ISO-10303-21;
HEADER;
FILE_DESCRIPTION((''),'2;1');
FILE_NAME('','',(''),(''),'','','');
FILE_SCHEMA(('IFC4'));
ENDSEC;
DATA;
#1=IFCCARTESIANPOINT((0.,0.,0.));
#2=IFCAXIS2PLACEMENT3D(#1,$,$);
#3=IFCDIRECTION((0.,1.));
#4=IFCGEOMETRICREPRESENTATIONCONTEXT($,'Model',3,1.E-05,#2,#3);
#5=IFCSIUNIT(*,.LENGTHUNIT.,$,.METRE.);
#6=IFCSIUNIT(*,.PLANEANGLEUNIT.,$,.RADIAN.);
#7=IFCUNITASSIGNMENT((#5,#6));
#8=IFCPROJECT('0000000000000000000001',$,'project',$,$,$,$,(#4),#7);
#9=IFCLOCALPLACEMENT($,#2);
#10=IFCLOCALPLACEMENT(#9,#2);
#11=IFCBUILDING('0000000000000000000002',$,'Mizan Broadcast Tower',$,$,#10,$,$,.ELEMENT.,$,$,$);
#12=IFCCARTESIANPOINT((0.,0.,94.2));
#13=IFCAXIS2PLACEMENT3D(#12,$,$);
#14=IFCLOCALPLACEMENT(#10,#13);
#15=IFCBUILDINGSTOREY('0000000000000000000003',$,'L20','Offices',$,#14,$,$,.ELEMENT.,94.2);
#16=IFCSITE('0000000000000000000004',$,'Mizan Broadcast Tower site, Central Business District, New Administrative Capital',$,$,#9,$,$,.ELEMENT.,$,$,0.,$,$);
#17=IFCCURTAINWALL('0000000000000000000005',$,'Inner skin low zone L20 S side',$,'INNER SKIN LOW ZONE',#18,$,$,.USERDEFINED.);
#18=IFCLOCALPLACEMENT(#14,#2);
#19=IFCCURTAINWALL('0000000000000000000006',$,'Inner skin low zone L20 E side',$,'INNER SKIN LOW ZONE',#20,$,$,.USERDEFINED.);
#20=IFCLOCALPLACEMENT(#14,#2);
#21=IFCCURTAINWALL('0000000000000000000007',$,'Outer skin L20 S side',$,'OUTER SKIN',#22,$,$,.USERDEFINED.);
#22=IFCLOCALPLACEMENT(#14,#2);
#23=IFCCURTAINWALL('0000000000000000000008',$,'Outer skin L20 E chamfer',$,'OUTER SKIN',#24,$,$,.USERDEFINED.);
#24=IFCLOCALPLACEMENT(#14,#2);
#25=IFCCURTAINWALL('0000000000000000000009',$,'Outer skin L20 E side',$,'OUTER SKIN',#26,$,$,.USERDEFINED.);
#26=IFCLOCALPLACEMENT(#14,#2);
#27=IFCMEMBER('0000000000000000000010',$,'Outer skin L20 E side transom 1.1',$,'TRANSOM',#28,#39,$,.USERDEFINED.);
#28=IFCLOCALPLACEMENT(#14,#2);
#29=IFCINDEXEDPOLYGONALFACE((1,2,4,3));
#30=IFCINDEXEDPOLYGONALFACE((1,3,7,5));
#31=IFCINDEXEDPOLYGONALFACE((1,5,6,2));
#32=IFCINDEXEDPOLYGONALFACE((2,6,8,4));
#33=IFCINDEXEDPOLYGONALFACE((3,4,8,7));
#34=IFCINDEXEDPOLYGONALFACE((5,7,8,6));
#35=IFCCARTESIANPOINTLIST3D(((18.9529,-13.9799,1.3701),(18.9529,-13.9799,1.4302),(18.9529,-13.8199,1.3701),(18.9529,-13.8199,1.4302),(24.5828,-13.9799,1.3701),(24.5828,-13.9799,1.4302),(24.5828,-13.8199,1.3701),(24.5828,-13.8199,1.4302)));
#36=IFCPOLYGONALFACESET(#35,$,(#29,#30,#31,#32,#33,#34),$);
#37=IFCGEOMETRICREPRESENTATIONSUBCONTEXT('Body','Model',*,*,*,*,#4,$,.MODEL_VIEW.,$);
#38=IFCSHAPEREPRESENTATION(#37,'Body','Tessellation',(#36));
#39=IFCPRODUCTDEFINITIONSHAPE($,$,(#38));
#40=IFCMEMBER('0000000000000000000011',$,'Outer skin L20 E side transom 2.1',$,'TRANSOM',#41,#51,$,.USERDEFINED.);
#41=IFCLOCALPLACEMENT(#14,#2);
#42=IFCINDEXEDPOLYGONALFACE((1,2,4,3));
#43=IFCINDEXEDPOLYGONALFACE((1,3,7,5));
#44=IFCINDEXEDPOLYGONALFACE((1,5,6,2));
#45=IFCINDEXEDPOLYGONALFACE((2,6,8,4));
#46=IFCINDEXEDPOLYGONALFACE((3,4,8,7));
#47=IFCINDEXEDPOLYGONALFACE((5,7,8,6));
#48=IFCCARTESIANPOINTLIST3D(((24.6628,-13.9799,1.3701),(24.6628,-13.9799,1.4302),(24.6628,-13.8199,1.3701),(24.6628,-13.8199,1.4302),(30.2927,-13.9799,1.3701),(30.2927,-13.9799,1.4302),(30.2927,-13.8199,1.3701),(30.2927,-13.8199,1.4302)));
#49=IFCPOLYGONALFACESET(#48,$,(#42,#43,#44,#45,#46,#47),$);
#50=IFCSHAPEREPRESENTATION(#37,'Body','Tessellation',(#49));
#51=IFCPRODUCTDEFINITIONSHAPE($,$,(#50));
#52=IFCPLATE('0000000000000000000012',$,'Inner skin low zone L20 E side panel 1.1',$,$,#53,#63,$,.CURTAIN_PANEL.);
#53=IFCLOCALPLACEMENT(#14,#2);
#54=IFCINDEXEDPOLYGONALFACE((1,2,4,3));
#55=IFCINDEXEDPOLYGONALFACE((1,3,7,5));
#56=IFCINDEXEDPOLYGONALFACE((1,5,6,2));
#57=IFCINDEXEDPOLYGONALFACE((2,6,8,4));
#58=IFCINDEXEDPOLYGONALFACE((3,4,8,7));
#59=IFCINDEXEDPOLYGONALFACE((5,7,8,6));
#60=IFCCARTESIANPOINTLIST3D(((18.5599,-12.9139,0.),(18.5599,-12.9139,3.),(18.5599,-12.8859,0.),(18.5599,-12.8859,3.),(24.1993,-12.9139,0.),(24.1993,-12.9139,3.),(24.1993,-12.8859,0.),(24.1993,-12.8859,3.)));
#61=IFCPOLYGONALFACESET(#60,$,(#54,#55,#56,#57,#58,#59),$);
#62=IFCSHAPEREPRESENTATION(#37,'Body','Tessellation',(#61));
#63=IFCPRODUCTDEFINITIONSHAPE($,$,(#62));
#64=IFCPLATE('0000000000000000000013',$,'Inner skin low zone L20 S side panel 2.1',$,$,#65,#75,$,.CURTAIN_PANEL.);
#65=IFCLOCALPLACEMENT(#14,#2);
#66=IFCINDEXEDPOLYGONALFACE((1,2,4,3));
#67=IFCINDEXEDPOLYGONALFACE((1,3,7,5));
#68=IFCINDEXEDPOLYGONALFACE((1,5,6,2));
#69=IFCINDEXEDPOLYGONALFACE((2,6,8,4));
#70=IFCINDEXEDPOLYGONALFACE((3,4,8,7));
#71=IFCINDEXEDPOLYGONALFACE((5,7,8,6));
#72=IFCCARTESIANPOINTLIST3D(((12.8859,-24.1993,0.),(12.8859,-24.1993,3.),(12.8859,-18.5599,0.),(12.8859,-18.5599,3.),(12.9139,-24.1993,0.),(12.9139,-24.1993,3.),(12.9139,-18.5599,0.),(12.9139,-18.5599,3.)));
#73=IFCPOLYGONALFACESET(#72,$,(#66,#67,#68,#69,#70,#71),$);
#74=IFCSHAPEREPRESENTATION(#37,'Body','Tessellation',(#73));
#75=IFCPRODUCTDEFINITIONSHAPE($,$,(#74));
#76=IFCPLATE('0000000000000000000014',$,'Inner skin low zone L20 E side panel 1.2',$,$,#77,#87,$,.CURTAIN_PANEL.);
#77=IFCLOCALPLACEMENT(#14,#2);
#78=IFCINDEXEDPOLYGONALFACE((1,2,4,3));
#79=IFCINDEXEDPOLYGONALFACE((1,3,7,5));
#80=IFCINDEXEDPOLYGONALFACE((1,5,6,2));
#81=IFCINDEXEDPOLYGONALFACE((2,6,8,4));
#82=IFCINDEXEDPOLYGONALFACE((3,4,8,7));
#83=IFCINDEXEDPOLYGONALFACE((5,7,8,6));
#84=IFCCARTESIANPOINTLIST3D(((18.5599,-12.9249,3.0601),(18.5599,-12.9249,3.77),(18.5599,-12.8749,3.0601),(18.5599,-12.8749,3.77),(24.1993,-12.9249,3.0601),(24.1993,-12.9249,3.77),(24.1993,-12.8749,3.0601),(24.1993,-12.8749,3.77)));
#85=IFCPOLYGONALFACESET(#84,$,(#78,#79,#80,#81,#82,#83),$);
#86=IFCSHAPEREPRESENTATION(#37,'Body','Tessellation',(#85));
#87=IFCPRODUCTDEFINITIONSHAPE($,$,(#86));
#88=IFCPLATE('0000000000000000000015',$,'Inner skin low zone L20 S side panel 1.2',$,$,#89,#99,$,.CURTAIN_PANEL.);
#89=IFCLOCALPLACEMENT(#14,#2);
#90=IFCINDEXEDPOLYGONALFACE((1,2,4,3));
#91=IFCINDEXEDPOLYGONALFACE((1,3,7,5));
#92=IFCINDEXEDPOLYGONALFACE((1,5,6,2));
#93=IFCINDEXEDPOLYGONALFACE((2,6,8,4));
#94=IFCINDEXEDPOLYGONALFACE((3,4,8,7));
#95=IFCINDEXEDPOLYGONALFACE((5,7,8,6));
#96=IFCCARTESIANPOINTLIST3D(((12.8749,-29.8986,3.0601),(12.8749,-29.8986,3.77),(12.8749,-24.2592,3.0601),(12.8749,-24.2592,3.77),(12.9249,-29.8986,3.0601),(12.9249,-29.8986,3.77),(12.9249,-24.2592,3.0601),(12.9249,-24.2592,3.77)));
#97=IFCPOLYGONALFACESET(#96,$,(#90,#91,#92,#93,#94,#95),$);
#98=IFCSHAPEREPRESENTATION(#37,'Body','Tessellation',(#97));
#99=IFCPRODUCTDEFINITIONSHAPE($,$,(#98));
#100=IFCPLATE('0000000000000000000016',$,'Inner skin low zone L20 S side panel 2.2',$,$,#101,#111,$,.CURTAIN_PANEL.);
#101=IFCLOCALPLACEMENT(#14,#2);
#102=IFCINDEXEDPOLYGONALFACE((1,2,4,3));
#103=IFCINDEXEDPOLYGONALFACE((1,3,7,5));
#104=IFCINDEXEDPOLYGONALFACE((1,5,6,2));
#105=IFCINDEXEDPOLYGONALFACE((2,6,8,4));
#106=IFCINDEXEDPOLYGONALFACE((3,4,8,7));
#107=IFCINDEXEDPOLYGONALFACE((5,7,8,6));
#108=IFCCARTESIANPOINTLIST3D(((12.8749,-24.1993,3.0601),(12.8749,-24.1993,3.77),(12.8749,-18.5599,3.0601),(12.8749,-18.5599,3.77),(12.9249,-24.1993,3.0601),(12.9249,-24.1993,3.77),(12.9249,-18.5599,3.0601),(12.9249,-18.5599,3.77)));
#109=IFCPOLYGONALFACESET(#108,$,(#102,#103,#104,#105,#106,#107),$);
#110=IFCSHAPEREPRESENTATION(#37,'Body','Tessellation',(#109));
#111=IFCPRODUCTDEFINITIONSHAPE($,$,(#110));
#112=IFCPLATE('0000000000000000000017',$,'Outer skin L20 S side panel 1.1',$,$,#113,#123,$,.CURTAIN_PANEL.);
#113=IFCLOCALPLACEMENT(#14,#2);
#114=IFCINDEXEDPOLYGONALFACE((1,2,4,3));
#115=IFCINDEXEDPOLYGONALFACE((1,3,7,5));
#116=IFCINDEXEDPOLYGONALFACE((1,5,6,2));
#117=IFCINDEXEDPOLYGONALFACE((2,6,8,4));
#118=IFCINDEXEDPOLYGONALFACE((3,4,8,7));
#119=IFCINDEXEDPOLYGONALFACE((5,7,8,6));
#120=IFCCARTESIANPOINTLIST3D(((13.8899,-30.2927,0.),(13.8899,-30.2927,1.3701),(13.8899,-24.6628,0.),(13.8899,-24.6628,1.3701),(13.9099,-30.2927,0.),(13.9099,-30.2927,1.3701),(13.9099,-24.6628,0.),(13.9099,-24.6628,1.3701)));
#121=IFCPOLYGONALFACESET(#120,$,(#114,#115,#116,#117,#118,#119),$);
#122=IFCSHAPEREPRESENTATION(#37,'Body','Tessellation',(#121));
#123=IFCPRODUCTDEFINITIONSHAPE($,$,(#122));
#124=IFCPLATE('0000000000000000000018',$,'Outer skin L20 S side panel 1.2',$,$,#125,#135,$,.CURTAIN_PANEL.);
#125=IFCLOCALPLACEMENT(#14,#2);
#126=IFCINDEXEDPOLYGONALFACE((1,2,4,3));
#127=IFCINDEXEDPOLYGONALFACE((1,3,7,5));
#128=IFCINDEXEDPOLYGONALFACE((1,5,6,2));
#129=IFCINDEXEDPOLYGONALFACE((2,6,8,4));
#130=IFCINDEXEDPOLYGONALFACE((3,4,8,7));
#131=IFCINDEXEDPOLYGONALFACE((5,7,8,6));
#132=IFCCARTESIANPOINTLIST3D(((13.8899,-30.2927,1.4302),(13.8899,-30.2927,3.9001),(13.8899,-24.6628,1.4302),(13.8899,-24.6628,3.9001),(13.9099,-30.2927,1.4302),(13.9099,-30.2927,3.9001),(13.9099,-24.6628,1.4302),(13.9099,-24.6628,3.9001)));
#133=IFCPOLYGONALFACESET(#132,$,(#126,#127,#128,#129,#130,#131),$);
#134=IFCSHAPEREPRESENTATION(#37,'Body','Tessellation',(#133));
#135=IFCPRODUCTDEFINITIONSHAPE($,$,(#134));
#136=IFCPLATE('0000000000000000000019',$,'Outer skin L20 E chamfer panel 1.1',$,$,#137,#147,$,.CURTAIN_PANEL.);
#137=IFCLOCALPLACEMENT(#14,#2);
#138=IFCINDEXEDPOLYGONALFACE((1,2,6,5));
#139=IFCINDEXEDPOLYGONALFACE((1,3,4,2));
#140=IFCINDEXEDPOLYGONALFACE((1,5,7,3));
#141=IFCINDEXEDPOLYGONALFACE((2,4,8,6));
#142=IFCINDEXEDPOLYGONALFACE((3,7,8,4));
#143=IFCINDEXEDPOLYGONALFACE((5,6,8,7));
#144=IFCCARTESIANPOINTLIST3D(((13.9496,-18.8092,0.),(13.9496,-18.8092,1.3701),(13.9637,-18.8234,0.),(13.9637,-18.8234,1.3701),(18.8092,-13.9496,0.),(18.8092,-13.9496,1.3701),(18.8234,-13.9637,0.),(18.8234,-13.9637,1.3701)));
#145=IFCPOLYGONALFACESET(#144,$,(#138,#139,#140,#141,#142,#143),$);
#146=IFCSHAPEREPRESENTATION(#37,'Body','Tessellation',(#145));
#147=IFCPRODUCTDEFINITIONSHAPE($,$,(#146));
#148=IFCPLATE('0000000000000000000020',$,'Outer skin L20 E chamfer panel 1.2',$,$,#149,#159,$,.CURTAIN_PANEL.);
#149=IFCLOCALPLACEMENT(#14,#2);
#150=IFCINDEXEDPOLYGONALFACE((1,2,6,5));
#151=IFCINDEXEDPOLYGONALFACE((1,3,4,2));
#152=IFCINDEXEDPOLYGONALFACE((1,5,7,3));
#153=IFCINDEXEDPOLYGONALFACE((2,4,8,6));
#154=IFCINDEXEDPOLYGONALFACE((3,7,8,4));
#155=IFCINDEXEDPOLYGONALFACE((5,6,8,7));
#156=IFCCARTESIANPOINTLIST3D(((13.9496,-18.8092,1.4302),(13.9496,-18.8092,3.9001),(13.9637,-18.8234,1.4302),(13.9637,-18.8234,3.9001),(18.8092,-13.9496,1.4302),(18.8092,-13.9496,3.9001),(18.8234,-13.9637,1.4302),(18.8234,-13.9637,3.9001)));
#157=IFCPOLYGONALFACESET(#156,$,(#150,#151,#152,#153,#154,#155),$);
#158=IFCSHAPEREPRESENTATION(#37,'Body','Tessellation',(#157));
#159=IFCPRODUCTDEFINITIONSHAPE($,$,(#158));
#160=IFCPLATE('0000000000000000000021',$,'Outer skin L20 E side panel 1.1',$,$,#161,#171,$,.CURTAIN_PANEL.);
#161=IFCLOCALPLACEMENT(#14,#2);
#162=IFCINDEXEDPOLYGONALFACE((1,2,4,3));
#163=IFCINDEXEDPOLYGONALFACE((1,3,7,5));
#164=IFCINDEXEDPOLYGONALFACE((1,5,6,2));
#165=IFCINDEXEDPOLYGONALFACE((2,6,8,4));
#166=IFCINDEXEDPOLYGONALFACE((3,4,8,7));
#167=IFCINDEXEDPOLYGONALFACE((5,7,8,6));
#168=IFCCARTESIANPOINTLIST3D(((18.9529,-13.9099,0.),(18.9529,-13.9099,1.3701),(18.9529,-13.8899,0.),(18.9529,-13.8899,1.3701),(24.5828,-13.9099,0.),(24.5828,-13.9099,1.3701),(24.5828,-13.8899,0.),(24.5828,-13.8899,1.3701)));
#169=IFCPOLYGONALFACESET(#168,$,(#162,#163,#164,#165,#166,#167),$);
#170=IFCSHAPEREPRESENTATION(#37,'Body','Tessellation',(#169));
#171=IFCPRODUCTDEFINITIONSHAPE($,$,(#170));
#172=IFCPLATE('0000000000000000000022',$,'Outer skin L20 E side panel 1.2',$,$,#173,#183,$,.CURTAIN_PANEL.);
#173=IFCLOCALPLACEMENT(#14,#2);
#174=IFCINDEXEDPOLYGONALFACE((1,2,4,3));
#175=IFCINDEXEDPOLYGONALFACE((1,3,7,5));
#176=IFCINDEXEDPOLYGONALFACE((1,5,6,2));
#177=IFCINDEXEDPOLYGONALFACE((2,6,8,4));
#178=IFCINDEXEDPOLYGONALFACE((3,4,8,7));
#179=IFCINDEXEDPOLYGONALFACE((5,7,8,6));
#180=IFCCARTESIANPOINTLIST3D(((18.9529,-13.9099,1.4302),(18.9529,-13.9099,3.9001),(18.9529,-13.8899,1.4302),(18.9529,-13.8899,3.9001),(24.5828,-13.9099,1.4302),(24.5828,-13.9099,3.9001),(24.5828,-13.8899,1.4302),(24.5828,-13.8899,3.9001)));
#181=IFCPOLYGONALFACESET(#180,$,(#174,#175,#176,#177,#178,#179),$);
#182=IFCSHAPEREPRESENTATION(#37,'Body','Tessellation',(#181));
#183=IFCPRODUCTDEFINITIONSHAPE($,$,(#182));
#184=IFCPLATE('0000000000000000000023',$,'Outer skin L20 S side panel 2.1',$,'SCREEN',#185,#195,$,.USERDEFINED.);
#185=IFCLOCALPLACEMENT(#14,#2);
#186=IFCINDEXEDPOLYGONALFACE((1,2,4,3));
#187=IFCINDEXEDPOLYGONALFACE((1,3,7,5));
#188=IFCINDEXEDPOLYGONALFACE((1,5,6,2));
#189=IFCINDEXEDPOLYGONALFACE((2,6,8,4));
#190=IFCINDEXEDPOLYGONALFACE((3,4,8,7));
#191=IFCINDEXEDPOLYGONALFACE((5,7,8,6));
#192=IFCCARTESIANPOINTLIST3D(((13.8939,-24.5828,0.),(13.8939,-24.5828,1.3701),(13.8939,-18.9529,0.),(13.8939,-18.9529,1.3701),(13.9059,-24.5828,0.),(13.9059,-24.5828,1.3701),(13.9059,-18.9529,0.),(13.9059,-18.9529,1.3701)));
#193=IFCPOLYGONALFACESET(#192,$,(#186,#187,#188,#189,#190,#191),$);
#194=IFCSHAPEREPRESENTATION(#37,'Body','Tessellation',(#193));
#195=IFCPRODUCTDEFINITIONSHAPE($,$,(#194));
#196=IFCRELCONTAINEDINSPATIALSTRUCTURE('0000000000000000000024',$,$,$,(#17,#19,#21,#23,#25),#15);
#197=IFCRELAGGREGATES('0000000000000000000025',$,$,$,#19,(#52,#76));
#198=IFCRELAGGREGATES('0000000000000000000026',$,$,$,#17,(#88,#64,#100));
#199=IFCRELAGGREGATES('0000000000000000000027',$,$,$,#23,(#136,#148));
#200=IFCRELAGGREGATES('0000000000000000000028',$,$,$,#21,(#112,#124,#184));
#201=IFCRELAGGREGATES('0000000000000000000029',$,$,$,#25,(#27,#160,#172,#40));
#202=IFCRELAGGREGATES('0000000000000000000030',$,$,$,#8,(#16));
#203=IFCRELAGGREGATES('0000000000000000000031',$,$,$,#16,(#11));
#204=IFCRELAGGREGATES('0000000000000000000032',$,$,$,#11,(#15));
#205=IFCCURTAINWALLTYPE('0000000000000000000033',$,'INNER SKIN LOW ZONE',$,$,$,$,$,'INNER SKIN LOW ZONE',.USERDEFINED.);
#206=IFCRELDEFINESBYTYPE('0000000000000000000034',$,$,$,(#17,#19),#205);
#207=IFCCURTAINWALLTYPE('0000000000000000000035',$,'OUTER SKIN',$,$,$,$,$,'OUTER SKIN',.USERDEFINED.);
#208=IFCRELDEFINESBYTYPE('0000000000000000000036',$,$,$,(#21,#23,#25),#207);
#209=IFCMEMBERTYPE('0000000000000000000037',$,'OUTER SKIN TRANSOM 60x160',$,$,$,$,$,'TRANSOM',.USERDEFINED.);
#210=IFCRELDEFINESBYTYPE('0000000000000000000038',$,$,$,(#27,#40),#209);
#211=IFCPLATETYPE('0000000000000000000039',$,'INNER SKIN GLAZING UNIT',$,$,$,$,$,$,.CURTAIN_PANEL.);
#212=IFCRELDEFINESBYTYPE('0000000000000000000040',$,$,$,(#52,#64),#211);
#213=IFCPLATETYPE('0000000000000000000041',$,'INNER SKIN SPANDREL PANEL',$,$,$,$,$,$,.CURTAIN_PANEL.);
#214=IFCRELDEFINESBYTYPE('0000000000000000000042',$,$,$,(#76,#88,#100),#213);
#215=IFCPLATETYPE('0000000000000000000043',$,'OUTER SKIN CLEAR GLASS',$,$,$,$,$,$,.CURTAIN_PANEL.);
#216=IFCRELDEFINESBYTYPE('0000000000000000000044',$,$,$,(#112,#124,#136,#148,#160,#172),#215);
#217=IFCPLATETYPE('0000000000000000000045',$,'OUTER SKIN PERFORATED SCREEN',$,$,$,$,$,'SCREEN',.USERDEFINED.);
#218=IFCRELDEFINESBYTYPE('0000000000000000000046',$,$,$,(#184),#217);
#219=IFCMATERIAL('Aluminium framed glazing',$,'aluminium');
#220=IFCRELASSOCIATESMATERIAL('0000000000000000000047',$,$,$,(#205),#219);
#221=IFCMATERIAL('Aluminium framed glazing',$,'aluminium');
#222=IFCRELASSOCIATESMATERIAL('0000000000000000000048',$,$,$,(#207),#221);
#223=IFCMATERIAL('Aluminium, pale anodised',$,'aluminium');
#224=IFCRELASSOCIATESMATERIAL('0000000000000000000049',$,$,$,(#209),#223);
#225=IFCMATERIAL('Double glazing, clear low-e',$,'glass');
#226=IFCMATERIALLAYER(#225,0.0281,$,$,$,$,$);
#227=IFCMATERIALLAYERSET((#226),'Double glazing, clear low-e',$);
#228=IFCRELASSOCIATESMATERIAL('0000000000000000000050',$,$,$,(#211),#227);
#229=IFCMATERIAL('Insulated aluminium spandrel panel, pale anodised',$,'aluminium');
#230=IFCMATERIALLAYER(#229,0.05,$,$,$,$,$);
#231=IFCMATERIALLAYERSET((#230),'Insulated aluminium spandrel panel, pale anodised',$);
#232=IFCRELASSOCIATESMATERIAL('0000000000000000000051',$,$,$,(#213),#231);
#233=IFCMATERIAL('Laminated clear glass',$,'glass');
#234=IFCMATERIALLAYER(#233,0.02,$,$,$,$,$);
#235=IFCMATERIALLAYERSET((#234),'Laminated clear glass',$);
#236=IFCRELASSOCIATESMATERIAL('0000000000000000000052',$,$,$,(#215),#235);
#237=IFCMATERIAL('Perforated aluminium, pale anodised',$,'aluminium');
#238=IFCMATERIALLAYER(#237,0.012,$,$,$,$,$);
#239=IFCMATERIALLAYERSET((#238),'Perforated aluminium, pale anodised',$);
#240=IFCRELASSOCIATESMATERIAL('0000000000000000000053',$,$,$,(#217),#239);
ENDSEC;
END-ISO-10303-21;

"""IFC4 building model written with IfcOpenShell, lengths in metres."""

from ifc_helpers import new_model, si_unit, direction, frame, origin, origin_2d, place, context, subcontext, project, spatial, rectangle, extrude, material, layer, layer_set, material_profile, profile_set, type_object, element, aggregate, save


model = new_model("IFC4")

# Units and contexts
model_context = context("Model", 3, precision=1e-05, world=origin(), true_north=direction((0.0, 1.0)))
body_context = subcontext(model_context, "Body", "Model", "MODEL_VIEW")
ifc_project = project(units=[si_unit("LENGTHUNIT", "METRE"), si_unit("PLANEANGLEUNIT", "RADIAN")], contexts=[model_context])

# Site, building, storey
site_placement = place(None, origin())
site = spatial("IfcSite", under=ifc_project, at=site_placement, Name="Mizan Broadcast Tower site, Central Business District, New Administrative Capital", CompositionType="ELEMENT", RefElevation=0.0)
building_placement = place(site_placement, origin())
building = spatial("IfcBuilding", under=site, at=building_placement, Name="Mizan Broadcast Tower", CompositionType="ELEMENT")
storey_placement = place(building_placement, frame((0.0, 0.0, 94.2)))
storey = spatial("IfcBuildingStorey", under=building, at=storey_placement, Name="L20", Description="Offices", CompositionType="ELEMENT", Elevation=94.2)

# Curtain wall
ifc_material_1 = material(Name="Aluminium framed glazing", Category="aluminium")
curtain_wall_type_1 = type_object("IfcCurtainWallType", Name="INNER SKIN LOW ZONE", ElementType="INNER SKIN LOW ZONE", PredefinedType="USERDEFINED", material=ifc_material_1)
curtain_wall_1_placement = place(storey_placement, origin())
curtain_wall_1 = element("IfcCurtainWall", 1, at=curtain_wall_1_placement, inside=storey, type_object=curtain_wall_type_1, Name="Inner skin low zone L20 S side", ObjectType="INNER SKIN LOW ZONE", PredefinedType="USERDEFINED")

# Curtain wall
curtain_wall_2_placement = place(storey_placement, origin())
curtain_wall_2 = element("IfcCurtainWall", 2, at=curtain_wall_2_placement, inside=storey, type_object=curtain_wall_type_1, Name="Inner skin low zone L20 E side", ObjectType="INNER SKIN LOW ZONE", PredefinedType="USERDEFINED")

# Shared definitions
ifc_material_2 = material(Name="Aluminium framed glazing", Category="aluminium")
curtain_wall_type_2 = type_object("IfcCurtainWallType", Name="OUTER SKIN", ElementType="OUTER SKIN", PredefinedType="USERDEFINED", material=ifc_material_2)

# Curtain wall
curtain_wall_3_placement = place(storey_placement, origin())
curtain_wall_3 = element("IfcCurtainWall", 3, at=curtain_wall_3_placement, inside=storey, type_object=curtain_wall_type_2, Name="Outer skin L20 S side", ObjectType="OUTER SKIN", PredefinedType="USERDEFINED")

# Curtain wall
curtain_wall_4_placement = place(storey_placement, origin())
curtain_wall_4 = element("IfcCurtainWall", 4, at=curtain_wall_4_placement, inside=storey, type_object=curtain_wall_type_2, Name="Outer skin L20 E chamfer", ObjectType="OUTER SKIN", PredefinedType="USERDEFINED")

# Curtain wall
curtain_wall_5_placement = place(storey_placement, origin())
curtain_wall_5 = element("IfcCurtainWall", 5, at=curtain_wall_5_placement, inside=storey, type_object=curtain_wall_type_2, Name="Outer skin L20 E side", ObjectType="OUTER SKIN", PredefinedType="USERDEFINED")

# Shared definitions
ifc_material_3 = material(Name="Aluminium, pale anodised", Category="aluminium")
ifc_material_profile_1 = material_profile(ifc_material_3, rectangle(XDim=0.1599, YDim=0.0601, at=origin_2d()), Name="TRANSOM 160x60")
ifc_profile_set_1 = profile_set([ifc_material_profile_1], Name="Aluminium, pale anodised")
member_type_1 = type_object("IfcMemberType", Name="OUTER SKIN TRANSOM 60x160", ElementType="TRANSOM", PredefinedType="USERDEFINED", material=ifc_profile_set_1)

# Members
member_1_placement = place(storey_placement, frame((18.9529, -13.8999, 1.4001), z_axis=(1.0, 0.0, 0.0), x_axis=(0.0, 1.0, 0.0)))
member_1 = element("IfcMember", 6, at=member_1_placement, type_object=member_type_1, Name="Outer skin L20 E side transom 1.1", ObjectType="TRANSOM", PredefinedType="USERDEFINED", context=body_context, shape_type="SweptSolid", body=[
    extrude(rectangle(XDim=0.1599, YDim=0.0601, at=origin_2d()), origin(), (0.0, 0.0, 1.0), 5.6299),
])
member_2_placement = place(storey_placement, frame((24.6628, -13.8999, 1.4001), z_axis=(1.0, 0.0, 0.0), x_axis=(0.0, 1.0, 0.0)))
member_2 = element("IfcMember", 7, at=member_2_placement, type_object=member_type_1, Name="Outer skin L20 E side transom 2.1", ObjectType="TRANSOM", PredefinedType="USERDEFINED", context=body_context, shape_type="SweptSolid", body=[
    extrude(rectangle(XDim=0.1599, YDim=0.0601, at=origin_2d()), origin(), (0.0, 0.0, 1.0), 5.6299),
])

# Plates
ifc_material_4 = material(Name="Double glazing, clear low-e", Category="glass")
ifc_layer_1 = layer(ifc_material_4, 0.0281)
ifc_layer_set_1 = layer_set([ifc_layer_1], Name="Double glazing, clear low-e")
plate_type_1 = type_object("IfcPlateType", Name="INNER SKIN GLAZING UNIT", PredefinedType="CURTAIN_PANEL", material=ifc_layer_set_1)
plate_1_placement = place(storey_placement, frame((21.3796, -12.8999, 0.0), z_axis=(0.0, 0.0, 1.0), x_axis=(1.0, 0.0, 0.0)))
plate_1 = element("IfcPlate", 8, at=plate_1_placement, type_object=plate_type_1, Name="Inner skin low zone L20 E side panel 1.1", PredefinedType="CURTAIN_PANEL", context=body_context, shape_type="SweptSolid", body=[
    extrude(rectangle(XDim=5.6394, YDim=0.0281, at=origin_2d()), origin(), (0.0, 0.0, 1.0), 3.0),
])
plate_2_placement = place(storey_placement, frame((12.8999, -21.3796, 0.0), z_axis=(0.0, 0.0, 1.0), x_axis=(0.0, 1.0, 0.0)))
plate_2 = element("IfcPlate", 9, at=plate_2_placement, type_object=plate_type_1, Name="Inner skin low zone L20 S side panel 2.1", PredefinedType="CURTAIN_PANEL", context=body_context, shape_type="SweptSolid", body=[
    extrude(rectangle(XDim=5.6394, YDim=0.0281, at=origin_2d()), origin(), (0.0, 0.0, 1.0), 3.0),
])
ifc_material_5 = material(Name="Insulated aluminium spandrel panel, pale anodised", Category="aluminium")
ifc_layer_2 = layer(ifc_material_5, 0.05)
ifc_layer_set_2 = layer_set([ifc_layer_2], Name="Insulated aluminium spandrel panel, pale anodised")
plate_type_2 = type_object("IfcPlateType", Name="INNER SKIN SPANDREL PANEL", PredefinedType="CURTAIN_PANEL", material=ifc_layer_set_2)
plate_3_placement = place(storey_placement, frame((21.3796, -12.8999, 3.0601), z_axis=(0.0, 0.0, 1.0), x_axis=(1.0, 0.0, 0.0)))
plate_3 = element("IfcPlate", 10, at=plate_3_placement, type_object=plate_type_2, Name="Inner skin low zone L20 E side panel 1.2", PredefinedType="CURTAIN_PANEL", context=body_context, shape_type="SweptSolid", body=[
    extrude(rectangle(XDim=5.6394, YDim=0.05, at=origin_2d()), origin(), (0.0, 0.0, 1.0), 0.71),
])
aggregate(curtain_wall_2, [plate_1, plate_3])
plate_4_placement = place(storey_placement, frame((12.8999, -27.0789, 3.0601), z_axis=(0.0, 0.0, 1.0), x_axis=(0.0, 1.0, 0.0)))
plate_4 = element("IfcPlate", 11, at=plate_4_placement, type_object=plate_type_2, Name="Inner skin low zone L20 S side panel 1.2", PredefinedType="CURTAIN_PANEL", context=body_context, shape_type="SweptSolid", body=[
    extrude(rectangle(XDim=5.6394, YDim=0.05, at=origin_2d()), origin(), (0.0, 0.0, 1.0), 0.71),
])
plate_5_placement = place(storey_placement, frame((12.8999, -21.3796, 3.0601), z_axis=(0.0, 0.0, 1.0), x_axis=(0.0, 1.0, 0.0)))
plate_5 = element("IfcPlate", 12, at=plate_5_placement, type_object=plate_type_2, Name="Inner skin low zone L20 S side panel 2.2", PredefinedType="CURTAIN_PANEL", context=body_context, shape_type="SweptSolid", body=[
    extrude(rectangle(XDim=5.6394, YDim=0.05, at=origin_2d()), origin(), (0.0, 0.0, 1.0), 0.71),
])
aggregate(curtain_wall_1, [plate_4, plate_2, plate_5])
ifc_material_6 = material(Name="Laminated clear glass", Category="glass")
ifc_layer_3 = layer(ifc_material_6, 0.02)
ifc_layer_set_3 = layer_set([ifc_layer_3], Name="Laminated clear glass")
plate_type_3 = type_object("IfcPlateType", Name="OUTER SKIN CLEAR GLASS", PredefinedType="CURTAIN_PANEL", material=ifc_layer_set_3)
plate_6_placement = place(storey_placement, frame((13.8999, -27.4778, 0.0), z_axis=(0.0, 0.0, 1.0), x_axis=(0.0, 1.0, 0.0)))
plate_6 = element("IfcPlate", 13, at=plate_6_placement, type_object=plate_type_3, Name="Outer skin L20 S side panel 1.1", PredefinedType="CURTAIN_PANEL", context=body_context, shape_type="SweptSolid", body=[
    extrude(rectangle(XDim=5.6299, YDim=0.02, at=origin_2d()), origin(), (0.0, 0.0, 1.0), 1.3701),
])
plate_7_placement = place(storey_placement, frame((13.8999, -27.4778, 1.4302), z_axis=(0.0, 0.0, 1.0), x_axis=(0.0, 1.0, 0.0)))
plate_7 = element("IfcPlate", 14, at=plate_7_placement, type_object=plate_type_3, Name="Outer skin L20 S side panel 1.2", PredefinedType="CURTAIN_PANEL", context=body_context, shape_type="SweptSolid", body=[
    extrude(rectangle(XDim=5.6299, YDim=0.02, at=origin_2d()), origin(), (0.0, 0.0, 1.0), 2.47),
])
plate_8_placement = place(storey_placement, frame((16.3865, -16.3865, 0.0), z_axis=(0.0, 0.0, 1.0), x_axis=(0.707107, 0.707107, 0.0)))
plate_8 = element("IfcPlate", 15, at=plate_8_placement, type_object=plate_type_3, Name="Outer skin L20 E chamfer panel 1.1", PredefinedType="CURTAIN_PANEL", context=body_context, shape_type="SweptSolid", body=[
    extrude(rectangle(XDim=6.8726, YDim=0.02, at=origin_2d()), origin(), (0.0, 0.0, 1.0), 1.3701),
])
plate_9_placement = place(storey_placement, frame((16.3865, -16.3865, 1.4302), z_axis=(0.0, 0.0, 1.0), x_axis=(0.707107, 0.707107, 0.0)))
plate_9 = element("IfcPlate", 16, at=plate_9_placement, type_object=plate_type_3, Name="Outer skin L20 E chamfer panel 1.2", PredefinedType="CURTAIN_PANEL", context=body_context, shape_type="SweptSolid", body=[
    extrude(rectangle(XDim=6.8726, YDim=0.02, at=origin_2d()), origin(), (0.0, 0.0, 1.0), 2.47),
])
aggregate(curtain_wall_4, [plate_8, plate_9])
plate_10_placement = place(storey_placement, frame((21.7678, -13.8999, 0.0), z_axis=(0.0, 0.0, 1.0), x_axis=(1.0, 0.0, 0.0)))
plate_10 = element("IfcPlate", 17, at=plate_10_placement, type_object=plate_type_3, Name="Outer skin L20 E side panel 1.1", PredefinedType="CURTAIN_PANEL", context=body_context, shape_type="SweptSolid", body=[
    extrude(rectangle(XDim=5.6299, YDim=0.02, at=origin_2d()), origin(), (0.0, 0.0, 1.0), 1.3701),
])
plate_11_placement = place(storey_placement, frame((21.7678, -13.8999, 1.4302), z_axis=(0.0, 0.0, 1.0), x_axis=(1.0, 0.0, 0.0)))
plate_11 = element("IfcPlate", 18, at=plate_11_placement, type_object=plate_type_3, Name="Outer skin L20 E side panel 1.2", PredefinedType="CURTAIN_PANEL", context=body_context, shape_type="SweptSolid", body=[
    extrude(rectangle(XDim=5.6299, YDim=0.02, at=origin_2d()), origin(), (0.0, 0.0, 1.0), 2.47),
])
ifc_material_7 = material(Name="Perforated aluminium, pale anodised", Category="aluminium")
ifc_layer_4 = layer(ifc_material_7, 0.012)
ifc_layer_set_4 = layer_set([ifc_layer_4], Name="Perforated aluminium, pale anodised")
plate_type_4 = type_object("IfcPlateType", Name="OUTER SKIN PERFORATED SCREEN", ElementType="SCREEN", PredefinedType="USERDEFINED", material=ifc_layer_set_4)
plate_12_placement = place(storey_placement, frame((13.8999, -21.7678, 0.0), z_axis=(0.0, 0.0, 1.0), x_axis=(0.0, 1.0, 0.0)))
plate_12 = element("IfcPlate", 19, at=plate_12_placement, type_object=plate_type_4, Name="Outer skin L20 S side panel 2.1", ObjectType="SCREEN", PredefinedType="USERDEFINED", context=body_context, shape_type="SweptSolid", body=[
    extrude(rectangle(XDim=5.6299, YDim=0.012, at=origin_2d()), origin(), (0.0, 0.0, 1.0), 1.3701),
])
aggregate(curtain_wall_3, [plate_6, plate_7, plate_12])
aggregate(curtain_wall_5, [member_1, plate_10, plate_11, member_2])

save(model, "model.ifc")
